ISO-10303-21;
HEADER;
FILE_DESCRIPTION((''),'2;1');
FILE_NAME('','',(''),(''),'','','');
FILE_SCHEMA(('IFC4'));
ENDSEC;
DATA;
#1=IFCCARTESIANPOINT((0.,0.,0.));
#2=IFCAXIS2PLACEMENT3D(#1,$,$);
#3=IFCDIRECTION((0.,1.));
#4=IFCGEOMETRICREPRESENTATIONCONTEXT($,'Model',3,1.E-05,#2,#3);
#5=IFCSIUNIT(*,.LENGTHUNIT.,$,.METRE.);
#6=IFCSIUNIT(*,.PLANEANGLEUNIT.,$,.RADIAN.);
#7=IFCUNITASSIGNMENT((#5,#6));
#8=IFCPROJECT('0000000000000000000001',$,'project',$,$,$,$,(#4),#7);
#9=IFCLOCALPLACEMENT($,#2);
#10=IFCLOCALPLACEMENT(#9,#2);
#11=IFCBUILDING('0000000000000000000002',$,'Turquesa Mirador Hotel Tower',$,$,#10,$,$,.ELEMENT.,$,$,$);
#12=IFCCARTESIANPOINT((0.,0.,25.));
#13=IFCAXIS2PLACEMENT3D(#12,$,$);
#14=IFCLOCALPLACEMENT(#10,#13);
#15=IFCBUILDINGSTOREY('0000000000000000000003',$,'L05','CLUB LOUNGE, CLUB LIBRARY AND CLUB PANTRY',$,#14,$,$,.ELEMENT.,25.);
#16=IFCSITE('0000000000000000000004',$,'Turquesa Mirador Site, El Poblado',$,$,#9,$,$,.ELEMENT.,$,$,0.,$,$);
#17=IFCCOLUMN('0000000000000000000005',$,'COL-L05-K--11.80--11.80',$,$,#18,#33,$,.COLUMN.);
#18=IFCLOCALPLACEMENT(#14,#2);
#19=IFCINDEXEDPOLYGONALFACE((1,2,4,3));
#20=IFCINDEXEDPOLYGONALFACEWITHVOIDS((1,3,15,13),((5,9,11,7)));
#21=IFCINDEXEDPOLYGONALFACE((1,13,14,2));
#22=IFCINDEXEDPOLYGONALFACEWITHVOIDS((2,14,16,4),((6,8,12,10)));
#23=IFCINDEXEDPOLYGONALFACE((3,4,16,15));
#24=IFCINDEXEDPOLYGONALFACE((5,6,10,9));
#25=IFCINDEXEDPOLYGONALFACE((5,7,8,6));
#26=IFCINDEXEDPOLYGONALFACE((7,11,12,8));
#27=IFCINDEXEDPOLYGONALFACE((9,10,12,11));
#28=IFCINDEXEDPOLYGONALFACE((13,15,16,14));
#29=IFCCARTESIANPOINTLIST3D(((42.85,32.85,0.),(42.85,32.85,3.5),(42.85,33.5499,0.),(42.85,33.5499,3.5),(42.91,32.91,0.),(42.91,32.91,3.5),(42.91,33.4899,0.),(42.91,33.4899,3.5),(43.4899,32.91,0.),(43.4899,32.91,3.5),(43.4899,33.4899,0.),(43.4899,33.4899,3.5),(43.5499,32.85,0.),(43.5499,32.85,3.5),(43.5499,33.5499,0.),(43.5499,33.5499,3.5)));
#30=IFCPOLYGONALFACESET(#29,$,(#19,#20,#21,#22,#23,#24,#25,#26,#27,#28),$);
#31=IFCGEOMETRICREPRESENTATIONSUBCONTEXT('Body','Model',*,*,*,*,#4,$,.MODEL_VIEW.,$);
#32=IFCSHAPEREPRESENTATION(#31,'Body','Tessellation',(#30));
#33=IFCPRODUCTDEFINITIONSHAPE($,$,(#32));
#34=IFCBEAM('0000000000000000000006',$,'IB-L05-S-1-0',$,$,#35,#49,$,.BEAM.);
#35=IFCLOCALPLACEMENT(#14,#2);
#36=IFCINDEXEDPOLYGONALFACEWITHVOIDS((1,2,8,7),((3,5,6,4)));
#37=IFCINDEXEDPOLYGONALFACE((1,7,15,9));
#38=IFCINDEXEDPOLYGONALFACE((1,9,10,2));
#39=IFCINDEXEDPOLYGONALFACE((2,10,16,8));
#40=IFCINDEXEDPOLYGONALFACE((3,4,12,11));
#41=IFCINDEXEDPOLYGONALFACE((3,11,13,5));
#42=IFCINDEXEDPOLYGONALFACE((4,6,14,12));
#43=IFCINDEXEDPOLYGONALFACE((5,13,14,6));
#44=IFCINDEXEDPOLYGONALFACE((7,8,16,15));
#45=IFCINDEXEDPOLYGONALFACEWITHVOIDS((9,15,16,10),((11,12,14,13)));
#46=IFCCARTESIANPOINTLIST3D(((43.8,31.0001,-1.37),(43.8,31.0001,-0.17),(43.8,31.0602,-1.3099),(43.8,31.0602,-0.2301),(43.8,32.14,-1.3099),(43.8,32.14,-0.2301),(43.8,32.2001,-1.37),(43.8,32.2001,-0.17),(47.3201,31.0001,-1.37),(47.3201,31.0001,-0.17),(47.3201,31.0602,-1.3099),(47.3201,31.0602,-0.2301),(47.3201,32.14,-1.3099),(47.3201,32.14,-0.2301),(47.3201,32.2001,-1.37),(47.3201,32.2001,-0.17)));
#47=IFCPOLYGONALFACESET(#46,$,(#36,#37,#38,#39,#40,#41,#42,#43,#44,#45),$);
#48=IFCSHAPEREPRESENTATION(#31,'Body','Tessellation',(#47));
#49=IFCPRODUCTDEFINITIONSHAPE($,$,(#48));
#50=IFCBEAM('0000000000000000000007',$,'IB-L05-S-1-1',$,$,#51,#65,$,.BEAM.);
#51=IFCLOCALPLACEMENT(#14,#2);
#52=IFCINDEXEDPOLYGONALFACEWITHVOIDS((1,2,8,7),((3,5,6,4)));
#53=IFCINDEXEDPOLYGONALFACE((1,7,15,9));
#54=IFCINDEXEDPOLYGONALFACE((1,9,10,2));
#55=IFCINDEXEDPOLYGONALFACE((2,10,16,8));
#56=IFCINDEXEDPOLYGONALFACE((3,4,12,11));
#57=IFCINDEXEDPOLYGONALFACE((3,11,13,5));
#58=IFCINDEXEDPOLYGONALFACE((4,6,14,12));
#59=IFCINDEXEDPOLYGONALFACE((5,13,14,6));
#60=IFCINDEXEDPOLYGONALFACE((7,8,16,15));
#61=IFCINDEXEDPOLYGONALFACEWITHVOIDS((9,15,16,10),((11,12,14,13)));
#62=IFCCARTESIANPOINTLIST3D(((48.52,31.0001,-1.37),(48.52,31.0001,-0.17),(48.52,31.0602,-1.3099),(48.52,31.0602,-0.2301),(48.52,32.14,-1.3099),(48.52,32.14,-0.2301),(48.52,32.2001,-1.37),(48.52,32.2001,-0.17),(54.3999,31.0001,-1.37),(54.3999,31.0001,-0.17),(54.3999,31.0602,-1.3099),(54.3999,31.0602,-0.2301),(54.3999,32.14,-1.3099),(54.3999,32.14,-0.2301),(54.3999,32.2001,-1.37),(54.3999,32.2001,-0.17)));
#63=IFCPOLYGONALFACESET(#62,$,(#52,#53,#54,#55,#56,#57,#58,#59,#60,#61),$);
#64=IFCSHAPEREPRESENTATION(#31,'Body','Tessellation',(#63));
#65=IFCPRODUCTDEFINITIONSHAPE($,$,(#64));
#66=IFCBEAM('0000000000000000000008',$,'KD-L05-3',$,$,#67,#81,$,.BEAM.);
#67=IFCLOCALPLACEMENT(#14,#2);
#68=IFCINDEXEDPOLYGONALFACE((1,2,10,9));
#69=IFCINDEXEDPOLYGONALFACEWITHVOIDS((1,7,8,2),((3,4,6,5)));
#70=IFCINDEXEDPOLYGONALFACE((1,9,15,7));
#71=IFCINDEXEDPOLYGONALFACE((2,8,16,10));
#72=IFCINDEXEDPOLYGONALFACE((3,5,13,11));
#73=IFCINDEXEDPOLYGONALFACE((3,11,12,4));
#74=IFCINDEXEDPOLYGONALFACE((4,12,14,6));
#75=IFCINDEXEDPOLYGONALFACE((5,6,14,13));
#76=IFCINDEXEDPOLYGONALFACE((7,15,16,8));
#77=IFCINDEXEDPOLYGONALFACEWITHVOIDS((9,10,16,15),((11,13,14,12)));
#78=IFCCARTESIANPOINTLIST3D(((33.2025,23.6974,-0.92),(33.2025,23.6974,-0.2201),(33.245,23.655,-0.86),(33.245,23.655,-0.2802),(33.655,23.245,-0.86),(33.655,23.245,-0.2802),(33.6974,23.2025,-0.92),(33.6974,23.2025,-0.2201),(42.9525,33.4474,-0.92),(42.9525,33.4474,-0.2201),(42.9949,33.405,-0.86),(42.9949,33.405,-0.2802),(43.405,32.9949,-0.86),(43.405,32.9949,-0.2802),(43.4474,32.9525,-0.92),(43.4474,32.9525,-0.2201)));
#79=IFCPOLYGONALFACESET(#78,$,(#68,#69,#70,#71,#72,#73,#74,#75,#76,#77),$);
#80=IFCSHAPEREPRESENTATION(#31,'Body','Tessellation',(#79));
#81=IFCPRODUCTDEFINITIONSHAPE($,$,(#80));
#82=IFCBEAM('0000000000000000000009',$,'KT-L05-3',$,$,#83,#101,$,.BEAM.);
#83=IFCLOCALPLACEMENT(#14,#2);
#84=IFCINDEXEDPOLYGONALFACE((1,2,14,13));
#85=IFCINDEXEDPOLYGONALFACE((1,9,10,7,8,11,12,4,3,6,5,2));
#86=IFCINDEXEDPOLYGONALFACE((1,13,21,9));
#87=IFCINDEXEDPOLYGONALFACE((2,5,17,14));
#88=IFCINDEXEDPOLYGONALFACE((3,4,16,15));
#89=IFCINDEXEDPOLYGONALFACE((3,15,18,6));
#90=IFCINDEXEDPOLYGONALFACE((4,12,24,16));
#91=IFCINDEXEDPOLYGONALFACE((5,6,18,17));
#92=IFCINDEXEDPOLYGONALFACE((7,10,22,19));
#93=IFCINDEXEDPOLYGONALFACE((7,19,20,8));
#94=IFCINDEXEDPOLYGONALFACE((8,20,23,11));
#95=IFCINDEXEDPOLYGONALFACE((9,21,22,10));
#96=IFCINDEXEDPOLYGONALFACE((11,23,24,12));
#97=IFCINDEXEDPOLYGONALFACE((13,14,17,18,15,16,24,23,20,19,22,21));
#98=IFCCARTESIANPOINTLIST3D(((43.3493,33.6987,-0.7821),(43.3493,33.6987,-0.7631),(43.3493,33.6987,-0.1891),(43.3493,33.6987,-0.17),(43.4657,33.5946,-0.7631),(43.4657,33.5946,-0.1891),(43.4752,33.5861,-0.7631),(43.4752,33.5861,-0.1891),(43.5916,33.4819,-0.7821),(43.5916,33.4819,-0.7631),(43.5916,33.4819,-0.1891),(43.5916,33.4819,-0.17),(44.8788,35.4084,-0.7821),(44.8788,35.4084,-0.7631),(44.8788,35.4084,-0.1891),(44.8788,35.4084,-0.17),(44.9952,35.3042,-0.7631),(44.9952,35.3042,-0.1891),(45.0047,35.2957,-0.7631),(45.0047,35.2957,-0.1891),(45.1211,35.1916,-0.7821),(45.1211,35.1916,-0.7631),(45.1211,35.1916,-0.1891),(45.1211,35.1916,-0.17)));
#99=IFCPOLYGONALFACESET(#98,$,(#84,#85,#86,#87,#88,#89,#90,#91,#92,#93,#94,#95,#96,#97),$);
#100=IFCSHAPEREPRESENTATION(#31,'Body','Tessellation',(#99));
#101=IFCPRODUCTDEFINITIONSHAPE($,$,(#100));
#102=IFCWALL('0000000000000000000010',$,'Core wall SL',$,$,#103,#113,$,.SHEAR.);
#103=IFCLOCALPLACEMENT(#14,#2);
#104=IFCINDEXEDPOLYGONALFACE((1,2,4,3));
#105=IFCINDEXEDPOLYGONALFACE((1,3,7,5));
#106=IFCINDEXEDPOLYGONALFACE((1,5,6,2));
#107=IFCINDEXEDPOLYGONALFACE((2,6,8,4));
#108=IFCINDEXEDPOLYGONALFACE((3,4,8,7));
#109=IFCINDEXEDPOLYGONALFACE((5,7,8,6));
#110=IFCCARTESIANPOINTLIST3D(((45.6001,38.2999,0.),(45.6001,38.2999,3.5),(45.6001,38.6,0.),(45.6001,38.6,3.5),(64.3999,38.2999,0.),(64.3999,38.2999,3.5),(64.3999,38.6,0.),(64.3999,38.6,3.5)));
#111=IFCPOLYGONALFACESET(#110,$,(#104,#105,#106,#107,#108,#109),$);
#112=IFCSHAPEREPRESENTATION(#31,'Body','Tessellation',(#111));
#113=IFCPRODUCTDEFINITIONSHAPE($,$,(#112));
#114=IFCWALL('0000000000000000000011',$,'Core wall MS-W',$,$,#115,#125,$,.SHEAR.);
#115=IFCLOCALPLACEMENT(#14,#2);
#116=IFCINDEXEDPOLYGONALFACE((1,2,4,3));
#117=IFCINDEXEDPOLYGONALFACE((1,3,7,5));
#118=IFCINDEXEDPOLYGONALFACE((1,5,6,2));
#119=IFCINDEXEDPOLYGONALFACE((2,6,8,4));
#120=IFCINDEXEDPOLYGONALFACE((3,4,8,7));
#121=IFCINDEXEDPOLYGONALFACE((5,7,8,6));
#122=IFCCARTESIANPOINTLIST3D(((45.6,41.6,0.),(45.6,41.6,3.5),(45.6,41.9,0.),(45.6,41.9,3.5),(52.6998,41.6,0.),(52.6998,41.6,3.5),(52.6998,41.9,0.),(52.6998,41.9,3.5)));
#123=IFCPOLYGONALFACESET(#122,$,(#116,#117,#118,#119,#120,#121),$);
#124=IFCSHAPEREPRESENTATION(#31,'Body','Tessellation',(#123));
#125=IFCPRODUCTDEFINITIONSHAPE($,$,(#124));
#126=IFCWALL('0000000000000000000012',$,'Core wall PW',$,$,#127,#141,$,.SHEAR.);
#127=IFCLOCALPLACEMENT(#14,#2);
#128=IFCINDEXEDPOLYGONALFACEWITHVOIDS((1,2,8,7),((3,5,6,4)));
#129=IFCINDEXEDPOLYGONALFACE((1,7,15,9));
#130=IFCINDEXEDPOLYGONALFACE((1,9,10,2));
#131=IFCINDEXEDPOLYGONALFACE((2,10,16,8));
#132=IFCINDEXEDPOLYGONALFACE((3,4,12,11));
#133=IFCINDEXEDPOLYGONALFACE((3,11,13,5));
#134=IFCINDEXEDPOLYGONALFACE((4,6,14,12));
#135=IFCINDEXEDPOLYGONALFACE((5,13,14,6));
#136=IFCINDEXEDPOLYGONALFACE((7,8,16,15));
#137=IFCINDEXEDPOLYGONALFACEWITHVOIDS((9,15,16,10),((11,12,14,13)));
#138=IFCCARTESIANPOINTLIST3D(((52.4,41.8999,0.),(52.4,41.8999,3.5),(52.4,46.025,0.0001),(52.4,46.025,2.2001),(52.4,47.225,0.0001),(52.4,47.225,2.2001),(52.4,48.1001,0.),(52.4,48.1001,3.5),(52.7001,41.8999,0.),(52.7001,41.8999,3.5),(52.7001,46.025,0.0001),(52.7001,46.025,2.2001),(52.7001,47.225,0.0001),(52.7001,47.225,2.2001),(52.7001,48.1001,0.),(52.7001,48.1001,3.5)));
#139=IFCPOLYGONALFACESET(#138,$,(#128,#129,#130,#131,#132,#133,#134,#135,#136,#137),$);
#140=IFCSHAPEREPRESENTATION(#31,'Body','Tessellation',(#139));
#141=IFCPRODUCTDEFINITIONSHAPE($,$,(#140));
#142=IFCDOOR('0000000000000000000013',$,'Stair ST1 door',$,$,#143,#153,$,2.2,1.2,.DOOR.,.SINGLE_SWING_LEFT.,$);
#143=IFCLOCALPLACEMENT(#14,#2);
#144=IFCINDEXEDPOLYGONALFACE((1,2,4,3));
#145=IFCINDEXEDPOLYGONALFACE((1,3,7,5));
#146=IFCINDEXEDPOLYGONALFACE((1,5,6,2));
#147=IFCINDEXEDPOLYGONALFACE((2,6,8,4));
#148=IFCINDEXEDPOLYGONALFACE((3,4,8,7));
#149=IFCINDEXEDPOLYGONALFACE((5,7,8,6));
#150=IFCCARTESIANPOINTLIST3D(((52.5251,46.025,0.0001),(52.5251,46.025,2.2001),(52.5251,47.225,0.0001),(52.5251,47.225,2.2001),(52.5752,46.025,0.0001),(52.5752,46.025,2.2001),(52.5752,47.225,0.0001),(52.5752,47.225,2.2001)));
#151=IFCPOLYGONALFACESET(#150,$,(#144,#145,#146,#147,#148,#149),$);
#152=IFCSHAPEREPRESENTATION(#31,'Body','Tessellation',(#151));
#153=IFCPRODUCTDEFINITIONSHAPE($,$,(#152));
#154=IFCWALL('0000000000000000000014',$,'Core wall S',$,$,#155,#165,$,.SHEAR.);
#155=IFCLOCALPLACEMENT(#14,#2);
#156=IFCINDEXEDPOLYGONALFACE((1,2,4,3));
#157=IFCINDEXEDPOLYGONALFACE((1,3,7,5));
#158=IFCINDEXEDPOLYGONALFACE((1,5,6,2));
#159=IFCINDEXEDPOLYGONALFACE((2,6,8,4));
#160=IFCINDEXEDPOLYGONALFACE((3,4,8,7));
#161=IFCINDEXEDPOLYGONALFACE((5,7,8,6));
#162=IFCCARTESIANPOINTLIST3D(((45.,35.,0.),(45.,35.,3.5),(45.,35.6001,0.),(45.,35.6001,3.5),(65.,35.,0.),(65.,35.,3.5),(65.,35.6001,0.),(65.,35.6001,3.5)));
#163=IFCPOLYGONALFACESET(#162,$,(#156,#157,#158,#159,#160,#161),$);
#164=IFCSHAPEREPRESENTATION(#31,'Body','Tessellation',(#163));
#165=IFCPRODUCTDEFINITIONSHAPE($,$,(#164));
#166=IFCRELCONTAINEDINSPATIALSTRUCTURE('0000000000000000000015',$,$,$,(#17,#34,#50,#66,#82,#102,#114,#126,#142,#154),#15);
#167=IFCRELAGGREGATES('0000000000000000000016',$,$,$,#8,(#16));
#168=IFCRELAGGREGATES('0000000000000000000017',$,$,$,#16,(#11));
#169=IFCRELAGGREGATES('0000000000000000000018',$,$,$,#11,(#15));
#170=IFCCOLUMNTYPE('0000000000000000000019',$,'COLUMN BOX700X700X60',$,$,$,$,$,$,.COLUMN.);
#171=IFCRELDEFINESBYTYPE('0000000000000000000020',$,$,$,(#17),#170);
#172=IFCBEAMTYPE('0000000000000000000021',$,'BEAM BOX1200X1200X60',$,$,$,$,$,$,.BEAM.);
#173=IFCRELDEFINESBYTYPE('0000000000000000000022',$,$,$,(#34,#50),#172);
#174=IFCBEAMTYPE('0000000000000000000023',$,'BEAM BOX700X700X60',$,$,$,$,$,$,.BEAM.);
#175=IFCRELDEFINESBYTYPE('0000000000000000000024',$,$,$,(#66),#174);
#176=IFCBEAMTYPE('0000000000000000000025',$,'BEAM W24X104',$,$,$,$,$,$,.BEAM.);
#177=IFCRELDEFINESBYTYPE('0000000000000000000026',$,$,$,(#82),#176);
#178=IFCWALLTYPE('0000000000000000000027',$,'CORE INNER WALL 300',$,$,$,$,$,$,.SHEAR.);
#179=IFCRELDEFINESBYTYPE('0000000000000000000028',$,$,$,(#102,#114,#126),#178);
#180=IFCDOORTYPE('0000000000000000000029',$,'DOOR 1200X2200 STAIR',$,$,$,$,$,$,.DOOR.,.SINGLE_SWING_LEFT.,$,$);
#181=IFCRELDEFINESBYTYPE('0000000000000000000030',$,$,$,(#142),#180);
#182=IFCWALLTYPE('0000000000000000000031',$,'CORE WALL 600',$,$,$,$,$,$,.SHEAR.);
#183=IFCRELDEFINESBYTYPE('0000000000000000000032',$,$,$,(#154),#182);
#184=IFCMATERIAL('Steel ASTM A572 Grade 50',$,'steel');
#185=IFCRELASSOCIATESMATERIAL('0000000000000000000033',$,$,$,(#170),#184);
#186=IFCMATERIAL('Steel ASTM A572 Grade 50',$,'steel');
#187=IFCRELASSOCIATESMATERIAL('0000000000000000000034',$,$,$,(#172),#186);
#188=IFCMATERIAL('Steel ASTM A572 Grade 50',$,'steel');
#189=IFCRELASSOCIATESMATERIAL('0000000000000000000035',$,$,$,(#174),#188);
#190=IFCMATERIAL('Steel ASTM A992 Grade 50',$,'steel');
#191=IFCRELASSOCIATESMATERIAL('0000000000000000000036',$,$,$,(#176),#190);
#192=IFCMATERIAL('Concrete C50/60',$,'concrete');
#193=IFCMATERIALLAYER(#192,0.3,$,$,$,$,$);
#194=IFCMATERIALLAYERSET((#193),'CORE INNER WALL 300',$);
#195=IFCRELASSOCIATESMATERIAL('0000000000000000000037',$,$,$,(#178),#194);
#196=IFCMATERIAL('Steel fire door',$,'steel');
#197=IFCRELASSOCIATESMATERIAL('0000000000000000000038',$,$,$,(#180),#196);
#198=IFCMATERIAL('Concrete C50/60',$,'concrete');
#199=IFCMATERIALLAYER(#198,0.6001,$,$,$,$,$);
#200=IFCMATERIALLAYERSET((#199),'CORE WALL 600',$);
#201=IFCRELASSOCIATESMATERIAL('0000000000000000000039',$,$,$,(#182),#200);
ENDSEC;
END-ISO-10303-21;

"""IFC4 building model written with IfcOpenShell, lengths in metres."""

from ifc_helpers import new_model, si_unit, direction, frame, frame_2d, origin, origin_2d, place, context, subcontext, project, spatial, rectangle, hollow_rectangle, i_section, extrude, material, layer, layer_set, material_profile, profile_set, type_object, element, fill, save


model = new_model("IFC4")

# Units and contexts
model_context = context("Model", 3, precision=1e-05, world=origin(), true_north=direction((0.0, 1.0)))
body_context = subcontext(model_context, "Body", "Model", "MODEL_VIEW")
ifc_project = project(units=[si_unit("LENGTHUNIT", "METRE"), si_unit("PLANEANGLEUNIT", "RADIAN")], contexts=[model_context])

# Site, building, storey
site_placement = place(None, origin())
site = spatial("IfcSite", under=ifc_project, at=site_placement, Name="Turquesa Mirador Site, El Poblado", CompositionType="ELEMENT", RefElevation=0.0)
building_placement = place(site_placement, origin())
building = spatial("IfcBuilding", under=site, at=building_placement, Name="Turquesa Mirador Hotel Tower", CompositionType="ELEMENT")
storey_placement = place(building_placement, frame((0.0, 0.0, 25.0)))
storey = spatial("IfcBuildingStorey", under=building, at=storey_placement, Name="L05", Description="CLUB LOUNGE, CLUB LIBRARY AND CLUB PANTRY", CompositionType="ELEMENT", Elevation=25.0)

# Column
ifc_material_1 = material(Name="Steel ASTM A572 Grade 50", Category="steel")
ifc_material_profile_1 = material_profile(ifc_material_1, hollow_rectangle(XDim=0.7, YDim=0.7, WallThickness=0.0601, at=origin_2d()), Name="BOX700X700X60")
ifc_profile_set_1 = profile_set([ifc_material_profile_1], Name="Steel ASTM A572 Grade 50")
column_type = type_object("IfcColumnType", Name="COLUMN BOX700X700X60", PredefinedType="COLUMN", material=ifc_profile_set_1)
column_placement = place(storey_placement, frame((43.2, 33.2, 0.0), z_axis=(0.0, 0.0, 1.0), x_axis=(1.0, 0.0, 0.0)))
element("IfcColumn", 1, at=column_placement, inside=storey, type_object=column_type, Name="COL-L05-K--11.80--11.80", PredefinedType="COLUMN", context=body_context, shape_type="SweptSolid", body=[
    extrude(hollow_rectangle(XDim=0.7, YDim=0.7, WallThickness=0.0601, at=origin_2d()), origin(), (0.0, 0.0, 1.0), 3.5),
])

# Beams
ifc_material_2 = material(Name="Steel ASTM A572 Grade 50", Category="steel")
ifc_material_profile_2 = material_profile(ifc_material_2, hollow_rectangle(XDim=1.2, YDim=1.2, WallThickness=0.0601, at=origin_2d()), Name="BOX1200X1200X60")
ifc_profile_set_2 = profile_set([ifc_material_profile_2], Name="Steel ASTM A572 Grade 50")
beam_type_1 = type_object("IfcBeamType", Name="BEAM BOX1200X1200X60", PredefinedType="BEAM", material=ifc_profile_set_2)
beam_1_placement = place(storey_placement, frame((43.8, 31.6001, -0.77), z_axis=(1.0, 0.0, 0.0), x_axis=(0.0, 1.0, 0.0)))
element("IfcBeam", 2, at=beam_1_placement, inside=storey, type_object=beam_type_1, Name="IB-L05-S-1-0", PredefinedType="BEAM", context=body_context, shape_type="SweptSolid", body=[
    extrude(hollow_rectangle(XDim=1.2, YDim=1.2, WallThickness=0.0601, at=origin_2d()), origin(), (0.0, 0.0, 1.0), 3.52),
])
beam_2_placement = place(storey_placement, frame((48.52, 31.6001, -0.77), z_axis=(1.0, 0.0, 0.0), x_axis=(0.0, 1.0, 0.0)))
element("IfcBeam", 3, at=beam_2_placement, inside=storey, type_object=beam_type_1, Name="IB-L05-S-1-1", PredefinedType="BEAM", context=body_context, shape_type="SweptSolid", body=[
    extrude(hollow_rectangle(XDim=1.2, YDim=1.2, WallThickness=0.0601, at=origin_2d()), origin(), (0.0, 0.0, 1.0), 5.8799),
])
ifc_material_3 = material(Name="Steel ASTM A572 Grade 50", Category="steel")
ifc_material_profile_3 = material_profile(ifc_material_3, hollow_rectangle(XDim=0.7, YDim=0.7, WallThickness=0.0601, at=origin_2d()), Name="BOX700X700X60")
ifc_profile_set_3 = profile_set([ifc_material_profile_3], Name="Steel ASTM A572 Grade 50")
beam_type_2 = type_object("IfcBeamType", Name="BEAM BOX700X700X60", PredefinedType="BEAM", material=ifc_profile_set_3)
beam_3_placement = place(storey_placement, frame((43.2, 33.2, -0.5701), z_axis=(-0.707107, -0.707107, 0.0), x_axis=(0.707107, -0.707107, 0.0)))
element("IfcBeam", 4, at=beam_3_placement, inside=storey, type_object=beam_type_2, Name="KD-L05-3", PredefinedType="BEAM", context=body_context, shape_type="SweptSolid", body=[
    extrude(hollow_rectangle(XDim=0.7, YDim=0.7, WallThickness=0.0601, at=origin_2d()), origin(), (0.0, 0.0, 1.0), 13.7886),
])
ifc_material_4 = material(Name="Steel ASTM A992 Grade 50", Category="steel")
ifc_material_profile_4 = material_profile(ifc_material_4, i_section(OverallWidth=0.3252, OverallDepth=0.6121, WebThickness=0.0127, FlangeThickness=0.019, at=origin_2d()), Name="W24X104")
ifc_profile_set_4 = profile_set([ifc_material_profile_4], Name="Steel ASTM A992 Grade 50")
beam_type_3 = type_object("IfcBeamType", Name="BEAM W24X104", PredefinedType="BEAM", material=ifc_profile_set_4)
beam_4_placement = place(storey_placement, frame((43.4705, 33.5903, -0.4761), z_axis=(0.666745, 0.745286, 0.0), x_axis=(-0.745286, 0.666745, 0.0)))
element("IfcBeam", 5, at=beam_4_placement, inside=storey, type_object=beam_type_3, Name="KT-L05-3", PredefinedType="BEAM", context=body_context, shape_type="SweptSolid", body=[
    extrude(i_section(OverallWidth=0.3252, OverallDepth=0.6121, WebThickness=0.0127, FlangeThickness=0.019, at=origin_2d()), origin(), (0.0, 0.0, 1.0), 2.2939),
])

# Walls
ifc_material_5 = material(Name="Concrete C50/60", Category="concrete")
ifc_layer_1 = layer(ifc_material_5, 0.3)
ifc_layer_set_1 = layer_set([ifc_layer_1], Name="CORE INNER WALL 300")
wall_type_1 = type_object("IfcWallType", Name="CORE INNER WALL 300", PredefinedType="SHEAR", material=ifc_layer_set_1)
wall_1_placement = place(storey_placement, frame((45.6001, 38.45, 0.0), z_axis=(0.0, 0.0, 1.0), x_axis=(1.0, 0.0, 0.0)))
element("IfcWall", 6, at=wall_1_placement, inside=storey, type_object=wall_type_1, Name="Core wall SL", PredefinedType="SHEAR", context=body_context, shape_type="SweptSolid", body=[
    extrude(rectangle(XDim=18.7998, YDim=0.3, at=frame_2d((9.3999, 0.0))), origin(), (0.0, 0.0, 1.0), 3.5),
])
wall_2_placement = place(storey_placement, frame((45.6001, 41.75, 0.0), z_axis=(0.0, 0.0, 1.0), x_axis=(1.0, 0.0, 0.0)))
element("IfcWall", 7, at=wall_2_placement, inside=storey, type_object=wall_type_1, Name="Core wall MS-W", PredefinedType="SHEAR", context=body_context, shape_type="SweptSolid", body=[
    extrude(rectangle(XDim=7.0999, YDim=0.3, at=frame_2d((3.5498, 0.0))), origin(), (0.0, 0.0, 1.0), 3.5),
])

# Wall, opening, door
wall_3_placement = place(storey_placement, frame((52.55, 41.8999, 0.0), z_axis=(0.0, 0.0, 1.0), x_axis=(0.0, 1.0, 0.0)))
wall_3 = element("IfcWall", 8, at=wall_3_placement, inside=storey, type_object=wall_type_1, Name="Core wall PW", PredefinedType="SHEAR", context=body_context, shape_type="SweptSolid", body=[
    extrude(rectangle(XDim=6.2002, YDim=0.3, at=frame_2d((3.1001, 0.0))), origin(), (0.0, 0.0, 1.0), 3.5),
])
opening_1_placement = place(wall_3_placement, frame((4.125, 0.0, 0.0)))
opening_1 = element("IfcOpeningElement", 9, at=opening_1_placement, cuts=wall_3, PredefinedType="OPENING", context=body_context, shape_type="SweptSolid", body=[
    extrude(rectangle(XDim=1.2, YDim=2.2, at=frame_2d((0.6001, 1.1001))), frame((0.0, 0.1599, 0.0), z_axis=(0.0, -1.0, 0.0), x_axis=(1.0, 0.0, 0.0)), (0.0, 0.0, 1.0), 0.3201),
])
ifc_material_6 = material(Name="Steel fire door", Category="steel")
door_type_1 = type_object("IfcDoorType", Name="DOOR 1200X2200 STAIR", OperationType="SINGLE_SWING_LEFT", PredefinedType="DOOR", material=ifc_material_6)
door_1_placement = place(opening_1_placement, origin())
door_1 = element("IfcDoor", 10, at=door_1_placement, inside=storey, type_object=door_type_1, Name="Stair ST1 door", OperationType="SINGLE_SWING_LEFT", OverallHeight=2.2, OverallWidth=1.2, PredefinedType="DOOR", context=body_context, shape_type="SweptSolid", body=[
    extrude(rectangle(XDim=1.2, YDim=2.2, at=frame_2d((0.6001, 1.1001))), frame((0.0, 0.0249, 0.0), z_axis=(0.0, -1.0, 0.0), x_axis=(1.0, 0.0, 0.0)), (0.0, 0.0, 1.0), 0.05),
])
fill(opening_1, door_1)

# Wall
ifc_material_7 = material(Name="Concrete C50/60", Category="concrete")
ifc_layer_2 = layer(ifc_material_7, 0.6001)
ifc_layer_set_2 = layer_set([ifc_layer_2], Name="CORE WALL 600")
wall_type_2 = type_object("IfcWallType", Name="CORE WALL 600", PredefinedType="SHEAR", material=ifc_layer_set_2)
wall_4_placement = place(storey_placement, frame((45.0, 35.3, 0.0), z_axis=(0.0, 0.0, 1.0), x_axis=(1.0, 0.0, 0.0)))
element("IfcWall", 11, at=wall_4_placement, inside=storey, type_object=wall_type_2, Name="Core wall S", PredefinedType="SHEAR", context=body_context, shape_type="SweptSolid", body=[
    extrude(rectangle(XDim=20.0, YDim=0.6001, at=frame_2d((10.0, 0.0))), origin(), (0.0, 0.0, 1.0), 3.5),
])

save(model, "model.ifc")
